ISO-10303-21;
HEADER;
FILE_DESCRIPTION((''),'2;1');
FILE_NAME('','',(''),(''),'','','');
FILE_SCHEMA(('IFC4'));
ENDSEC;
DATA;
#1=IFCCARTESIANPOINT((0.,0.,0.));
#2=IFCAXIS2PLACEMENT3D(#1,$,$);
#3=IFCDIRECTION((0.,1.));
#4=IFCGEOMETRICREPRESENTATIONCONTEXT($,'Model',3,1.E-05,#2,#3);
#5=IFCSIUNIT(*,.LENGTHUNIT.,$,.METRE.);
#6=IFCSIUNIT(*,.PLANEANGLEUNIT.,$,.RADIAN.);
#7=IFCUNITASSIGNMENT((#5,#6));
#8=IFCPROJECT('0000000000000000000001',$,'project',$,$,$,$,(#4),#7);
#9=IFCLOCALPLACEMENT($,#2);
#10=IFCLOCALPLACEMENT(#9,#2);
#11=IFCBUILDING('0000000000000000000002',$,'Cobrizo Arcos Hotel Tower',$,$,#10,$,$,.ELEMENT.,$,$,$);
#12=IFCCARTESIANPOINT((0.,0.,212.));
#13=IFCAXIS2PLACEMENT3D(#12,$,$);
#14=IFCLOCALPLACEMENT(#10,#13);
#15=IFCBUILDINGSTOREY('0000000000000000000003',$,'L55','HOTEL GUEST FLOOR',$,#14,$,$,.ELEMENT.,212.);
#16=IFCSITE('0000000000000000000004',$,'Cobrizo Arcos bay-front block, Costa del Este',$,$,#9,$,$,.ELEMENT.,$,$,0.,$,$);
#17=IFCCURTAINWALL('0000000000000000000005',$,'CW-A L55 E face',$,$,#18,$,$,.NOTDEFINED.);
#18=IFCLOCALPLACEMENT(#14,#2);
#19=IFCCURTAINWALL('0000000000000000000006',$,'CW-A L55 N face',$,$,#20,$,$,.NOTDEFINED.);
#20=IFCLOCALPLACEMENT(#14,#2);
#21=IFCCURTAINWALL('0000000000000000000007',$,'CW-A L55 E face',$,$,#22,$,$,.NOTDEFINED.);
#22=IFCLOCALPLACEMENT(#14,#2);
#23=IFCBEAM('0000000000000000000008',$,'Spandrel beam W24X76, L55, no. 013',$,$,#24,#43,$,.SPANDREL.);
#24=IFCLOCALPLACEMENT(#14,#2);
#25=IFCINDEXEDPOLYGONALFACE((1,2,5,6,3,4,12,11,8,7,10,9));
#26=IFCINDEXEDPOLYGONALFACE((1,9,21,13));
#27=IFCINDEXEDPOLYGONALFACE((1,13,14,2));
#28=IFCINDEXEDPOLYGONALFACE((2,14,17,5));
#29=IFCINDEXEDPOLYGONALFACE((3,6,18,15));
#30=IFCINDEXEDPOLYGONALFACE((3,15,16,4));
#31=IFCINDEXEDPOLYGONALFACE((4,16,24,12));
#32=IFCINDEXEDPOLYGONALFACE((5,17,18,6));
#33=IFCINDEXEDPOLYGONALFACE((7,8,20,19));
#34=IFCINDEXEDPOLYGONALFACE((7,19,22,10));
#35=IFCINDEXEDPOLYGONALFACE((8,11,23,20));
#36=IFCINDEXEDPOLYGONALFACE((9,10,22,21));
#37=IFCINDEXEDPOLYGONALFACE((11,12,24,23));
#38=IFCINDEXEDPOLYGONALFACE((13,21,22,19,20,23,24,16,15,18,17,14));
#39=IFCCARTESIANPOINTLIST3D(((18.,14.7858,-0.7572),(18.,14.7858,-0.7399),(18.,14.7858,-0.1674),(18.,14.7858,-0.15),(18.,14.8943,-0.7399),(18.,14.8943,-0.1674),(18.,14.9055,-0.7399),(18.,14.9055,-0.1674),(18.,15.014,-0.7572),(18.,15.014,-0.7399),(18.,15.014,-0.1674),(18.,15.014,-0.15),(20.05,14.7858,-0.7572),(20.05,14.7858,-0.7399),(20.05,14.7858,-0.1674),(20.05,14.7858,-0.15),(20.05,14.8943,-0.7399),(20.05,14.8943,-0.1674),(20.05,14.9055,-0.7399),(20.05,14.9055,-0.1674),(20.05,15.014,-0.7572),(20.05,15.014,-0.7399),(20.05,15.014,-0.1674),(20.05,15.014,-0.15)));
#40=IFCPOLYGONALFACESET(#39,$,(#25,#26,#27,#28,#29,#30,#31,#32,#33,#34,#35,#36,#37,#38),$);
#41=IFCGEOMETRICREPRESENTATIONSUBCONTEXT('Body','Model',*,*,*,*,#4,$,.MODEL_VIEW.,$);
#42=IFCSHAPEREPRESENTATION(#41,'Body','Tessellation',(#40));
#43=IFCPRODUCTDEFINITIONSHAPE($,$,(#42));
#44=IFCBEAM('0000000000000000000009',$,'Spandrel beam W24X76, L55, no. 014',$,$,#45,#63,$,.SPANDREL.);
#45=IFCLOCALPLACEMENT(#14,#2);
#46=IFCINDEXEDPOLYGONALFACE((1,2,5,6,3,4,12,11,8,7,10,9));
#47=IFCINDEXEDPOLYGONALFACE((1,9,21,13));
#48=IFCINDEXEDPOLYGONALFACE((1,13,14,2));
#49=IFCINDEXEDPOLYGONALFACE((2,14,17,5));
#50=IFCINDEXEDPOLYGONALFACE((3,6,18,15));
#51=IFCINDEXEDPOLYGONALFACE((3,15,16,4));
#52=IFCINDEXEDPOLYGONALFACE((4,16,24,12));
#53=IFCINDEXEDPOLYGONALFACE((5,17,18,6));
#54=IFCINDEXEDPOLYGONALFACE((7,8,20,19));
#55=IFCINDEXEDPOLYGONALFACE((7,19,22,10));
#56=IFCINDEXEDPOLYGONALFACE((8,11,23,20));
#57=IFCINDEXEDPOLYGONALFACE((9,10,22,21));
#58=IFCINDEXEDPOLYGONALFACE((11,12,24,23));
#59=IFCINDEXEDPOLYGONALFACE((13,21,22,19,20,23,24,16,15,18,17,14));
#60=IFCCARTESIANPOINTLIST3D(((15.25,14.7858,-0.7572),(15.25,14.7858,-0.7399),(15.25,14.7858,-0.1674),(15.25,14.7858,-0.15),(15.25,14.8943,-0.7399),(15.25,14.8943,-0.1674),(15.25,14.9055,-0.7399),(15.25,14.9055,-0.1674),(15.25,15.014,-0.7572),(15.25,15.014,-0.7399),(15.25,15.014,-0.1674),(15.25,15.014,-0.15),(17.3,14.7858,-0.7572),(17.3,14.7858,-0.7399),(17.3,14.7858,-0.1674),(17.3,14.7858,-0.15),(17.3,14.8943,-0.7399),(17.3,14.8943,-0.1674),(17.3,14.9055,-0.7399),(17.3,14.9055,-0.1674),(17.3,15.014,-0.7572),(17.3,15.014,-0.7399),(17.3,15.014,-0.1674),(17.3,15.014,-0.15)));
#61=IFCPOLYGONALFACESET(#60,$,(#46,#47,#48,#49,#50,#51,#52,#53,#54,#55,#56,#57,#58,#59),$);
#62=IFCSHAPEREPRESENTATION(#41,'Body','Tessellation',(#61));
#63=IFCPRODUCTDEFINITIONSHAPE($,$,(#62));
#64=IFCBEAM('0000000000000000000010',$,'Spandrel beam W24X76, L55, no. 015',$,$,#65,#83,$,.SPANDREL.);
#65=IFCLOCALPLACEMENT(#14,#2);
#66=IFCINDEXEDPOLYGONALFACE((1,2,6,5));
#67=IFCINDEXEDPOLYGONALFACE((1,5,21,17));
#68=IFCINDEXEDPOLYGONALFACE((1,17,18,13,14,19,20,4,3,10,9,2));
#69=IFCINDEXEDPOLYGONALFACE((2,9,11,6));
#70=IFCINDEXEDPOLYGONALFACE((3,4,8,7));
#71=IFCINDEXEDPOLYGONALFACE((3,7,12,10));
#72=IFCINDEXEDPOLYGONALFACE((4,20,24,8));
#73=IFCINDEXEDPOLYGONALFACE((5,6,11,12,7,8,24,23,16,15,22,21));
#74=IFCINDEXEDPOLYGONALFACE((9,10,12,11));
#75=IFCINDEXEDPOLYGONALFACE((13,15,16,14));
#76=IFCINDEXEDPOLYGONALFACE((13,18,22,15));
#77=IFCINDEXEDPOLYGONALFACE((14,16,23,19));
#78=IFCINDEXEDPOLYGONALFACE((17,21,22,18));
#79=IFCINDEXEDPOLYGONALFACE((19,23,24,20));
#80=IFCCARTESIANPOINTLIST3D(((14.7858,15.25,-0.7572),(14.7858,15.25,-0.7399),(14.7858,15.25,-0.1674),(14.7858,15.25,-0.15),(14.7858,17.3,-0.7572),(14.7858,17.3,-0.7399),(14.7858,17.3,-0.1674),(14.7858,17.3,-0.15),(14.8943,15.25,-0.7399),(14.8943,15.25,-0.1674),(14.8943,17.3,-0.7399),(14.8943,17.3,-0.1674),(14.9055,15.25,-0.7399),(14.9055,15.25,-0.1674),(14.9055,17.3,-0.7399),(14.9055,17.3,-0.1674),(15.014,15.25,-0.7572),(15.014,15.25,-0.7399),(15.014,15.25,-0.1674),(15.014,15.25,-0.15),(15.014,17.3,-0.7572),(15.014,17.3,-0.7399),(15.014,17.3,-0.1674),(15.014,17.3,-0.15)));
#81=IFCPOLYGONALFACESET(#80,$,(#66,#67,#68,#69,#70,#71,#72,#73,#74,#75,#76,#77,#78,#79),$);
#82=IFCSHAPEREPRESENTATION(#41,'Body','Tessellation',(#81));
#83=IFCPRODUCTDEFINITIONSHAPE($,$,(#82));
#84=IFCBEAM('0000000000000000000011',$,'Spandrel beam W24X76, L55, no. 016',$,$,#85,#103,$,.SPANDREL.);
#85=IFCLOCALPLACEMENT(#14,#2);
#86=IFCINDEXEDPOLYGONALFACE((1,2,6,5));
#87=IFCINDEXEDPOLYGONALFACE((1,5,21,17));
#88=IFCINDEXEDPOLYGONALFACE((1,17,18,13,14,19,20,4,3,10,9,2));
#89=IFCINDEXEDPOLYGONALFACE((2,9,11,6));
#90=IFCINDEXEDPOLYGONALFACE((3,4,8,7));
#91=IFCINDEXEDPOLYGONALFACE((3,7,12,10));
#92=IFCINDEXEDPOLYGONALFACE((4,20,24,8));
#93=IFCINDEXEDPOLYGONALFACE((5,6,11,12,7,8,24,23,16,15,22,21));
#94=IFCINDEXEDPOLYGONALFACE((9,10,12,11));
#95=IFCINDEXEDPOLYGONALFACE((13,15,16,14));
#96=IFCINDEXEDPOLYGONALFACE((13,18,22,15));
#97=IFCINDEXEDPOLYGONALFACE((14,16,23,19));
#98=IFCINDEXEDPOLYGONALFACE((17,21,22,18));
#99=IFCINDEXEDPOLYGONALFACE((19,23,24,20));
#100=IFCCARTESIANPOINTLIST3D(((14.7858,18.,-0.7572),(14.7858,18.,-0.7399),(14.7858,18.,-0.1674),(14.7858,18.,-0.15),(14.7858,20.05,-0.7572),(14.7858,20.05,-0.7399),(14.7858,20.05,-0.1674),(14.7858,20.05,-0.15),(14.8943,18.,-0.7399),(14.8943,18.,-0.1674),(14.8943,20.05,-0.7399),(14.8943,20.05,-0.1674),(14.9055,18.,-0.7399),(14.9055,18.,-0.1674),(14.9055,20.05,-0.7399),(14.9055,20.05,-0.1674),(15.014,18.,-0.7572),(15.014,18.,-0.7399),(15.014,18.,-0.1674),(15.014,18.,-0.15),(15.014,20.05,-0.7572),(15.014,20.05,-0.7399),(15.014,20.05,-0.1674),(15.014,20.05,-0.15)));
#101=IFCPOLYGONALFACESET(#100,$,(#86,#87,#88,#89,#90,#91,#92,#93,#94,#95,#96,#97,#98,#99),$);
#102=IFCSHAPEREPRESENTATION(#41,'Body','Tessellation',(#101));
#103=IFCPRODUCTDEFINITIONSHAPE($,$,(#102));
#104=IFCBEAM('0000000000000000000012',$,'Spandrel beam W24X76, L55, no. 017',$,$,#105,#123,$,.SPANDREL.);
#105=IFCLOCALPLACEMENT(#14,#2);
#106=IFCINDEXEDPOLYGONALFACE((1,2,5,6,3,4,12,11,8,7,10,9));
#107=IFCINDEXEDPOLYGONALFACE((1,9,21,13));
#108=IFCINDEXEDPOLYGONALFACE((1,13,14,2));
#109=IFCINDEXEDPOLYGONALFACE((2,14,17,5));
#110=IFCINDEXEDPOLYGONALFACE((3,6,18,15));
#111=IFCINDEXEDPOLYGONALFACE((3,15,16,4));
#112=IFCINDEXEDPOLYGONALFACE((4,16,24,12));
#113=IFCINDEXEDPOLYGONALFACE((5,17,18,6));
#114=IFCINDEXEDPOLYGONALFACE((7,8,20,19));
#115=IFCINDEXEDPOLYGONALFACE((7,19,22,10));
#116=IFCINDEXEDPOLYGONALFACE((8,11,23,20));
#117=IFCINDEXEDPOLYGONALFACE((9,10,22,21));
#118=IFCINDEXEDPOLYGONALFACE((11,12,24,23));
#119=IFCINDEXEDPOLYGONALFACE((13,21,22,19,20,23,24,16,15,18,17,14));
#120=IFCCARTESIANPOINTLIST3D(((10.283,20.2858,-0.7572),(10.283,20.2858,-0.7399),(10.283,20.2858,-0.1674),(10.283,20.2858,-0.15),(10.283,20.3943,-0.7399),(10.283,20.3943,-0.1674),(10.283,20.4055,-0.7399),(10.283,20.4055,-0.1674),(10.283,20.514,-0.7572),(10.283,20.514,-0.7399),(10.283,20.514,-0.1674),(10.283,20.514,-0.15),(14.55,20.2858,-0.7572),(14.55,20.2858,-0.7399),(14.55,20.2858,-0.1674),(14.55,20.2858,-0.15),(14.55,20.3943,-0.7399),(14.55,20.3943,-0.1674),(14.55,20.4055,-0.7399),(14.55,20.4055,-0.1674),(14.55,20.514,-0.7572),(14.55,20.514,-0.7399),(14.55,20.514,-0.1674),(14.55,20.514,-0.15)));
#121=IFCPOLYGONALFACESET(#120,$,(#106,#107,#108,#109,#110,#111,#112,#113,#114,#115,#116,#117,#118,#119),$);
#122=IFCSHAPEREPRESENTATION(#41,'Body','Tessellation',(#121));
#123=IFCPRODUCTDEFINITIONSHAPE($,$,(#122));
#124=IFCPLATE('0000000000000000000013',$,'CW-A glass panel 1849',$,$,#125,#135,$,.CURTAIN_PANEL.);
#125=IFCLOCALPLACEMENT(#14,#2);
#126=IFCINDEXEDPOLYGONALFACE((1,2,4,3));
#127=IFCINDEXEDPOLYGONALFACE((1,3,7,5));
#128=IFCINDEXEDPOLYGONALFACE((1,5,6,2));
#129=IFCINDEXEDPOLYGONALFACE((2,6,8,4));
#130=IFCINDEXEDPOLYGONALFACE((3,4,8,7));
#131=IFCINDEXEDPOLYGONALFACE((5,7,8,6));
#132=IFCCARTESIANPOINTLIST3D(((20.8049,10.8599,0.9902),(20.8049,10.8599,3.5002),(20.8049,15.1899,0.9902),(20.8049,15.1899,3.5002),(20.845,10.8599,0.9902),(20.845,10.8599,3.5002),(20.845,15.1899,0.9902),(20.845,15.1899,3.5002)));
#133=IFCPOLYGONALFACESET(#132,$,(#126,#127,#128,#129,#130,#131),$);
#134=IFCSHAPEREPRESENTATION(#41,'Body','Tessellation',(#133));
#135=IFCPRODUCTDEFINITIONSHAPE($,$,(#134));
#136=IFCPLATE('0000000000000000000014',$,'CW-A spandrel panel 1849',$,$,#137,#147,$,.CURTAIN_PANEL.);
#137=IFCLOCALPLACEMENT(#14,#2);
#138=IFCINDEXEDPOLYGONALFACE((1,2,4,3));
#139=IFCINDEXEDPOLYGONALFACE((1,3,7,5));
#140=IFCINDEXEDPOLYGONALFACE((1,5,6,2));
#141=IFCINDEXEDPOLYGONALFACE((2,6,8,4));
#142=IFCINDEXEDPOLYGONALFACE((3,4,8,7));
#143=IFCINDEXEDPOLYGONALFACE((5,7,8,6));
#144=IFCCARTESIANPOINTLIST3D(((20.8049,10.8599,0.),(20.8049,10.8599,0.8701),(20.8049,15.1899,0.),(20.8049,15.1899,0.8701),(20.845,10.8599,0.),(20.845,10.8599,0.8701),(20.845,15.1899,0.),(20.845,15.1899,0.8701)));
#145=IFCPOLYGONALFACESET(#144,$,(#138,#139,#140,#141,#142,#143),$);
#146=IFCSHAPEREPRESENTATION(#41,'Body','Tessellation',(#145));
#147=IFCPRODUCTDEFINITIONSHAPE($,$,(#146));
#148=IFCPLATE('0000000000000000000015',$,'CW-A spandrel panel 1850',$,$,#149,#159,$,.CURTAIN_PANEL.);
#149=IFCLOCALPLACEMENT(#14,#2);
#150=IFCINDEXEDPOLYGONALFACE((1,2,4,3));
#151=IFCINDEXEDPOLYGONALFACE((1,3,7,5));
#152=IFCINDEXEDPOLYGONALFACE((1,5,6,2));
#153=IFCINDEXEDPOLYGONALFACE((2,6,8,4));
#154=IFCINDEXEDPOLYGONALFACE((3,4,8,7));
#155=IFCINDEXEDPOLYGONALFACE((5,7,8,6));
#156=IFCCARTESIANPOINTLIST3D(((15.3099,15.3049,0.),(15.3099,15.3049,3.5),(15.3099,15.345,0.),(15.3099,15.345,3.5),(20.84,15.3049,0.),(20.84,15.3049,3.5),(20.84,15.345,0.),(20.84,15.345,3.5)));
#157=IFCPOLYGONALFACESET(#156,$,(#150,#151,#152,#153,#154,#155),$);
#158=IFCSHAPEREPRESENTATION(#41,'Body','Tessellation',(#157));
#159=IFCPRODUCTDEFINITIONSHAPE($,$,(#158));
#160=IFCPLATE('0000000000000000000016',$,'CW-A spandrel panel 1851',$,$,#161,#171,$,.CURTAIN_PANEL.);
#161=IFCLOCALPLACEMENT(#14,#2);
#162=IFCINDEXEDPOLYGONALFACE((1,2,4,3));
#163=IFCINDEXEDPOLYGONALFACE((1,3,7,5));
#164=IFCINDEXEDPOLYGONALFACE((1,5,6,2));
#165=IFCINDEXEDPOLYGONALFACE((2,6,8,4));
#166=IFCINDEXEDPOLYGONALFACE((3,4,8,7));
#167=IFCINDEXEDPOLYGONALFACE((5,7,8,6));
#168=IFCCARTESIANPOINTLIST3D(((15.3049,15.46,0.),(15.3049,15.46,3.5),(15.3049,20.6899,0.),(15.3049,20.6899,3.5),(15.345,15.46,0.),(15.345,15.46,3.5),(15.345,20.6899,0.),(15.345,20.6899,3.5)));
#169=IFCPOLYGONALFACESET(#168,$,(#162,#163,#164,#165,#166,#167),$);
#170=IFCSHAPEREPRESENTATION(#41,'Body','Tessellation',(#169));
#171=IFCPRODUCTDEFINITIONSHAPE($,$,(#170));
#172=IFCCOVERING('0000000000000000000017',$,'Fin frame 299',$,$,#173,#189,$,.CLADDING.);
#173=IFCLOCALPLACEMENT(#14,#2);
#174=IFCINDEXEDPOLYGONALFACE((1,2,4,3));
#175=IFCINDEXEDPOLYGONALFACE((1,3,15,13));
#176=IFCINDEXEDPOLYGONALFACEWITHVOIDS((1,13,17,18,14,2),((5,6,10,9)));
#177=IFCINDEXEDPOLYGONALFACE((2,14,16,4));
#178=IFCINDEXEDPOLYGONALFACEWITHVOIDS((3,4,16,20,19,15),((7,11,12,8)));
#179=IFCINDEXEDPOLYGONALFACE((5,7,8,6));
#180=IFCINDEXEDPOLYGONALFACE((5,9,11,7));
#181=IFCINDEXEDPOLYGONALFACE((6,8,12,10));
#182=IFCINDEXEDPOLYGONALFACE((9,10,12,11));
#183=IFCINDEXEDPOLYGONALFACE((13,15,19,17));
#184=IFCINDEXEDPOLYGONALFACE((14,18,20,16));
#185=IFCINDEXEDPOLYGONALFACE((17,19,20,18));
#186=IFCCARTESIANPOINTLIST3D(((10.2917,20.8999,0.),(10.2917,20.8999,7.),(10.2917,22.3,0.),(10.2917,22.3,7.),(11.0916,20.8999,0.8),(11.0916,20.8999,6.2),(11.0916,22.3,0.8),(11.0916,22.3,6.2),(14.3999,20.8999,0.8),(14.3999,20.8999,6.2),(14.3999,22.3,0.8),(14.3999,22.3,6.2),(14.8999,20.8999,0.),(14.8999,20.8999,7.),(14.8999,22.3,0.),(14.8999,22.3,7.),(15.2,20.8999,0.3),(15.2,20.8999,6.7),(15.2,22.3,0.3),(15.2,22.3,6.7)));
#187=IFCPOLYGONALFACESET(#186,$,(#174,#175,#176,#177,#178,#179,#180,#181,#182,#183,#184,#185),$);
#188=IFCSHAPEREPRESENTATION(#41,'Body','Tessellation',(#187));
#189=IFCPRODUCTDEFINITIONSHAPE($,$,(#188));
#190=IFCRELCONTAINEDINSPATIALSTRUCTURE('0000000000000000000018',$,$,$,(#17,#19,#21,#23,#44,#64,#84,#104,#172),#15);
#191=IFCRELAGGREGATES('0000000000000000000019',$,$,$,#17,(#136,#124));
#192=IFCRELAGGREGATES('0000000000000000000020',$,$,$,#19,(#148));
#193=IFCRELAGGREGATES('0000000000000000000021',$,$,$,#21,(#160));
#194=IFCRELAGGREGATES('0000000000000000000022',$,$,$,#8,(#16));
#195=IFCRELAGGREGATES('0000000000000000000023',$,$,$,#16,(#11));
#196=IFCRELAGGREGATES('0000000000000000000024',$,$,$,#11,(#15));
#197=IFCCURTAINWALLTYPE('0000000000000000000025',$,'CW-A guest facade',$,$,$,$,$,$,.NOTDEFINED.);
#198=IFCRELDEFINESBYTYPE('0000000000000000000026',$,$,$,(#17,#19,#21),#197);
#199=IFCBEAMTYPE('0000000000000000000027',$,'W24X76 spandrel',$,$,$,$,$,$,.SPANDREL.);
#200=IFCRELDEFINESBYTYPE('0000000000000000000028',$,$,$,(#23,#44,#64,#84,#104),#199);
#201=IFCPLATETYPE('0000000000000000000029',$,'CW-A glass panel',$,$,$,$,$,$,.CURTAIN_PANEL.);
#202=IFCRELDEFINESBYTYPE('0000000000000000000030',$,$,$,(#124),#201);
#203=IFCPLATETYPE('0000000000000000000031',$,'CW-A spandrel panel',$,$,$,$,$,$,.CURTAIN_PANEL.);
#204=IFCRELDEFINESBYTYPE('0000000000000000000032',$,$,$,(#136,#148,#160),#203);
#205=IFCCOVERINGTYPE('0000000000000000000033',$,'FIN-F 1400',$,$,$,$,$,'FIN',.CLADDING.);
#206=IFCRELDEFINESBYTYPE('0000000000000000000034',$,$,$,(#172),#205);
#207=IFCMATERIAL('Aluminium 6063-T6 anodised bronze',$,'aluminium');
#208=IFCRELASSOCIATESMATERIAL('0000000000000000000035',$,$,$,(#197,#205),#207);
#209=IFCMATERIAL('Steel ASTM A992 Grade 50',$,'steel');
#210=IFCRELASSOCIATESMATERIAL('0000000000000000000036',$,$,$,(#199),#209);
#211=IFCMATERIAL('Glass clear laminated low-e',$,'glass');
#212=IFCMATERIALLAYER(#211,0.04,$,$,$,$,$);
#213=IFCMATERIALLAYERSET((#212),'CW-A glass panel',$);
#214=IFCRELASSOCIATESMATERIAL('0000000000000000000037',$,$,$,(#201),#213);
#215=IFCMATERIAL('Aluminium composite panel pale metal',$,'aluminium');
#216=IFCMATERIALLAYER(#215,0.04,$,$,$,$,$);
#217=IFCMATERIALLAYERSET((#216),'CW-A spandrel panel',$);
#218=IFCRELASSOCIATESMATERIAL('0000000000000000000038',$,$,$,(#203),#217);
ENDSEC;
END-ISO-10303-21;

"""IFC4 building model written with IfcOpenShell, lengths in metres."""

from ifc_helpers import new_model, si_unit, direction, frame, origin, origin_2d, place, context, subcontext, project, spatial, polyline, rectangle, i_section, outline, extrude, material, layer, layer_set, material_profile, profile_set, type_object, element, aggregate, save


model = new_model("IFC4")

# Units and contexts
model_context = context("Model", 3, precision=1e-05, world=origin(), true_north=direction((0.0, 1.0)))
body_context = subcontext(model_context, "Body", "Model", "MODEL_VIEW")
ifc_project = project(units=[si_unit("LENGTHUNIT", "METRE"), si_unit("PLANEANGLEUNIT", "RADIAN")], contexts=[model_context])

# Site, building, storey
site_placement = place(None, origin())
site = spatial("IfcSite", under=ifc_project, at=site_placement, Name="Cobrizo Arcos bay-front block, Costa del Este", CompositionType="ELEMENT", RefElevation=0.0)
building_placement = place(site_placement, origin())
building = spatial("IfcBuilding", under=site, at=building_placement, Name="Cobrizo Arcos Hotel Tower", CompositionType="ELEMENT")
storey_placement = place(building_placement, frame((0.0, 0.0, 212.0)))
storey = spatial("IfcBuildingStorey", under=building, at=storey_placement, Name="L55", Description="HOTEL GUEST FLOOR", CompositionType="ELEMENT", Elevation=212.0)

# Curtain wall
ifc_material_1 = material(Name="Aluminium 6063-T6 anodised bronze", Category="aluminium")
curtain_wall_type = type_object("IfcCurtainWallType", Name="CW-A guest facade", PredefinedType="NOTDEFINED", material=ifc_material_1)
curtain_wall_1_placement = place(storey_placement, origin())
curtain_wall_1 = element("IfcCurtainWall", 1, at=curtain_wall_1_placement, inside=storey, type_object=curtain_wall_type, Name="CW-A L55 E face", PredefinedType="NOTDEFINED")

# Curtain walls
curtain_wall_2_placement = place(storey_placement, origin())
curtain_wall_2 = element("IfcCurtainWall", 2, at=curtain_wall_2_placement, inside=storey, type_object=curtain_wall_type, Name="CW-A L55 N face", PredefinedType="NOTDEFINED")
curtain_wall_3_placement = place(storey_placement, origin())
curtain_wall_3 = element("IfcCurtainWall", 3, at=curtain_wall_3_placement, inside=storey, type_object=curtain_wall_type, Name="CW-A L55 E face", PredefinedType="NOTDEFINED")

# Beams
ifc_material_2 = material(Name="Steel ASTM A992 Grade 50", Category="steel")
ifc_material_profile_1 = material_profile(ifc_material_2, i_section(OverallWidth=0.2283, OverallDepth=0.6072, WebThickness=0.0112, FlangeThickness=0.0173, at=origin_2d()), Name="W24X76")
ifc_profile_set_1 = profile_set([ifc_material_profile_1], Name="Steel ASTM A992 Grade 50")
beam_type_1 = type_object("IfcBeamType", Name="W24X76 spandrel", PredefinedType="SPANDREL", material=ifc_profile_set_1)
for number, where, z_axis, x_axis, name in (
    (4, (20.05, 14.8999, -0.4536), (-1.0, 0.0, 0.0), (0.0, -1.0, 0.0), "Spandrel beam W24X76, L55, no. 013"),
    (5, (17.3, 14.8999, -0.4536), (-1.0, 0.0, 0.0), (0.0, -1.0, 0.0), "Spandrel beam W24X76, L55, no. 014"),
    (6, (14.8999, 15.25, -0.4536), (0.0, 1.0, 0.0), (-1.0, 0.0, 0.0), "Spandrel beam W24X76, L55, no. 015"),
    (7, (14.8999, 18.0, -0.4536), (0.0, 1.0, 0.0), (-1.0, 0.0, 0.0), "Spandrel beam W24X76, L55, no. 016"),
):
    element("IfcBeam", number, at=place(storey_placement, frame(where, z_axis=z_axis, x_axis=x_axis)), inside=storey, type_object=beam_type_1, Name=name, PredefinedType="SPANDREL", context=body_context, shape_type="SweptSolid", body=[
        extrude(i_section(OverallWidth=0.2283, OverallDepth=0.6072, WebThickness=0.0112, FlangeThickness=0.0173, at=origin_2d()), origin(), (0.0, 0.0, 1.0), 2.05),
    ])
beam_1_placement = place(storey_placement, frame((14.55, 20.3999, -0.4536), z_axis=(-1.0, 0.0, 0.0), x_axis=(0.0, -1.0, 0.0)))
element("IfcBeam", 8, at=beam_1_placement, inside=storey, type_object=beam_type_1, Name="Spandrel beam W24X76, L55, no. 017", PredefinedType="SPANDREL", context=body_context, shape_type="SweptSolid", body=[
    extrude(i_section(OverallWidth=0.2283, OverallDepth=0.6072, WebThickness=0.0112, FlangeThickness=0.0173, at=origin_2d()), origin(), (0.0, 0.0, 1.0), 4.2671),
])

# Plates
ifc_material_3 = material(Name="Glass clear laminated low-e", Category="glass")
ifc_layer_1 = layer(ifc_material_3, 0.04)
ifc_layer_set_1 = layer_set([ifc_layer_1], Name="CW-A glass panel")
plate_type_1 = type_object("IfcPlateType", Name="CW-A glass panel", PredefinedType="CURTAIN_PANEL", material=ifc_layer_set_1)
plate_1_placement = place(storey_placement, frame((20.825, 13.0249, 0.9902), z_axis=(0.0, 0.0, 1.0), x_axis=(0.0, 1.0, 0.0)))
plate_1 = element("IfcPlate", 9, at=plate_1_placement, type_object=plate_type_1, Name="CW-A glass panel 1849", PredefinedType="CURTAIN_PANEL", context=body_context, shape_type="SweptSolid", body=[
    extrude(rectangle(XDim=4.3301, YDim=0.04, at=origin_2d()), origin(), (0.0, 0.0, 1.0), 2.51),
])
ifc_material_4 = material(Name="Aluminium composite panel pale metal", Category="aluminium")
ifc_layer_2 = layer(ifc_material_4, 0.04)
ifc_layer_set_2 = layer_set([ifc_layer_2], Name="CW-A spandrel panel")
plate_type_2 = type_object("IfcPlateType", Name="CW-A spandrel panel", PredefinedType="CURTAIN_PANEL", material=ifc_layer_set_2)
plate_2_placement = place(storey_placement, frame((20.825, 13.0249, 0.0), z_axis=(0.0, 0.0, 1.0), x_axis=(0.0, 1.0, 0.0)))
plate_2 = element("IfcPlate", 10, at=plate_2_placement, type_object=plate_type_2, Name="CW-A spandrel panel 1849", PredefinedType="CURTAIN_PANEL", context=body_context, shape_type="SweptSolid", body=[
    extrude(rectangle(XDim=4.3301, YDim=0.04, at=origin_2d()), origin(), (0.0, 0.0, 1.0), 0.8701),
])
aggregate(curtain_wall_1, [plate_2, plate_1])
plate_3_placement = place(storey_placement, frame((18.075, 15.325, 0.0), z_axis=(0.0, 0.0, 1.0), x_axis=(-1.0, 0.0, 0.0)))
plate_3 = element("IfcPlate", 11, at=plate_3_placement, type_object=plate_type_2, Name="CW-A spandrel panel 1850", PredefinedType="CURTAIN_PANEL", context=body_context, shape_type="SweptSolid", body=[
    extrude(rectangle(XDim=5.53, YDim=0.04, at=origin_2d()), origin(), (0.0, 0.0, 1.0), 3.5),
])
aggregate(curtain_wall_2, [plate_3])
plate_4_placement = place(storey_placement, frame((15.325, 18.075, 0.0), z_axis=(0.0, 0.0, 1.0), x_axis=(0.0, 1.0, 0.0)))
plate_4 = element("IfcPlate", 12, at=plate_4_placement, type_object=plate_type_2, Name="CW-A spandrel panel 1851", PredefinedType="CURTAIN_PANEL", context=body_context, shape_type="SweptSolid", body=[
    extrude(rectangle(XDim=5.23, YDim=0.04, at=origin_2d()), origin(), (0.0, 0.0, 1.0), 3.5),
])
aggregate(curtain_wall_3, [plate_4])

# Covering
covering_type = type_object("IfcCoveringType", Name="FIN-F 1400", ElementType="FIN", PredefinedType="CLADDING", material=ifc_material_1)
covering_placement = place(storey_placement, frame((15.2, 20.8999, 0.0), z_axis=(0.0, 1.0, 0.0), x_axis=(-1.0, 0.0, 0.0)))
element("IfcCovering", 13, at=covering_placement, inside=storey, type_object=covering_type, Name="Fin frame 299", PredefinedType="CLADDING", context=body_context, shape_type="SweptSolid", body=[
    extrude(outline(polyline([(0.0, 0.3), (0.3, 0.0), (4.9082, 0.0), (4.9082, 7.0), (0.3, 7.0), (0.0, 6.7), (0.0, 0.3)]), holes=[polyline([(4.1084, 0.8), (0.8, 0.8), (0.8, 6.2), (4.1084, 6.2), (4.1084, 0.8)])]), origin(), (0.0, 0.0, 1.0), 1.4001),
])

save(model, "model.ifc")
